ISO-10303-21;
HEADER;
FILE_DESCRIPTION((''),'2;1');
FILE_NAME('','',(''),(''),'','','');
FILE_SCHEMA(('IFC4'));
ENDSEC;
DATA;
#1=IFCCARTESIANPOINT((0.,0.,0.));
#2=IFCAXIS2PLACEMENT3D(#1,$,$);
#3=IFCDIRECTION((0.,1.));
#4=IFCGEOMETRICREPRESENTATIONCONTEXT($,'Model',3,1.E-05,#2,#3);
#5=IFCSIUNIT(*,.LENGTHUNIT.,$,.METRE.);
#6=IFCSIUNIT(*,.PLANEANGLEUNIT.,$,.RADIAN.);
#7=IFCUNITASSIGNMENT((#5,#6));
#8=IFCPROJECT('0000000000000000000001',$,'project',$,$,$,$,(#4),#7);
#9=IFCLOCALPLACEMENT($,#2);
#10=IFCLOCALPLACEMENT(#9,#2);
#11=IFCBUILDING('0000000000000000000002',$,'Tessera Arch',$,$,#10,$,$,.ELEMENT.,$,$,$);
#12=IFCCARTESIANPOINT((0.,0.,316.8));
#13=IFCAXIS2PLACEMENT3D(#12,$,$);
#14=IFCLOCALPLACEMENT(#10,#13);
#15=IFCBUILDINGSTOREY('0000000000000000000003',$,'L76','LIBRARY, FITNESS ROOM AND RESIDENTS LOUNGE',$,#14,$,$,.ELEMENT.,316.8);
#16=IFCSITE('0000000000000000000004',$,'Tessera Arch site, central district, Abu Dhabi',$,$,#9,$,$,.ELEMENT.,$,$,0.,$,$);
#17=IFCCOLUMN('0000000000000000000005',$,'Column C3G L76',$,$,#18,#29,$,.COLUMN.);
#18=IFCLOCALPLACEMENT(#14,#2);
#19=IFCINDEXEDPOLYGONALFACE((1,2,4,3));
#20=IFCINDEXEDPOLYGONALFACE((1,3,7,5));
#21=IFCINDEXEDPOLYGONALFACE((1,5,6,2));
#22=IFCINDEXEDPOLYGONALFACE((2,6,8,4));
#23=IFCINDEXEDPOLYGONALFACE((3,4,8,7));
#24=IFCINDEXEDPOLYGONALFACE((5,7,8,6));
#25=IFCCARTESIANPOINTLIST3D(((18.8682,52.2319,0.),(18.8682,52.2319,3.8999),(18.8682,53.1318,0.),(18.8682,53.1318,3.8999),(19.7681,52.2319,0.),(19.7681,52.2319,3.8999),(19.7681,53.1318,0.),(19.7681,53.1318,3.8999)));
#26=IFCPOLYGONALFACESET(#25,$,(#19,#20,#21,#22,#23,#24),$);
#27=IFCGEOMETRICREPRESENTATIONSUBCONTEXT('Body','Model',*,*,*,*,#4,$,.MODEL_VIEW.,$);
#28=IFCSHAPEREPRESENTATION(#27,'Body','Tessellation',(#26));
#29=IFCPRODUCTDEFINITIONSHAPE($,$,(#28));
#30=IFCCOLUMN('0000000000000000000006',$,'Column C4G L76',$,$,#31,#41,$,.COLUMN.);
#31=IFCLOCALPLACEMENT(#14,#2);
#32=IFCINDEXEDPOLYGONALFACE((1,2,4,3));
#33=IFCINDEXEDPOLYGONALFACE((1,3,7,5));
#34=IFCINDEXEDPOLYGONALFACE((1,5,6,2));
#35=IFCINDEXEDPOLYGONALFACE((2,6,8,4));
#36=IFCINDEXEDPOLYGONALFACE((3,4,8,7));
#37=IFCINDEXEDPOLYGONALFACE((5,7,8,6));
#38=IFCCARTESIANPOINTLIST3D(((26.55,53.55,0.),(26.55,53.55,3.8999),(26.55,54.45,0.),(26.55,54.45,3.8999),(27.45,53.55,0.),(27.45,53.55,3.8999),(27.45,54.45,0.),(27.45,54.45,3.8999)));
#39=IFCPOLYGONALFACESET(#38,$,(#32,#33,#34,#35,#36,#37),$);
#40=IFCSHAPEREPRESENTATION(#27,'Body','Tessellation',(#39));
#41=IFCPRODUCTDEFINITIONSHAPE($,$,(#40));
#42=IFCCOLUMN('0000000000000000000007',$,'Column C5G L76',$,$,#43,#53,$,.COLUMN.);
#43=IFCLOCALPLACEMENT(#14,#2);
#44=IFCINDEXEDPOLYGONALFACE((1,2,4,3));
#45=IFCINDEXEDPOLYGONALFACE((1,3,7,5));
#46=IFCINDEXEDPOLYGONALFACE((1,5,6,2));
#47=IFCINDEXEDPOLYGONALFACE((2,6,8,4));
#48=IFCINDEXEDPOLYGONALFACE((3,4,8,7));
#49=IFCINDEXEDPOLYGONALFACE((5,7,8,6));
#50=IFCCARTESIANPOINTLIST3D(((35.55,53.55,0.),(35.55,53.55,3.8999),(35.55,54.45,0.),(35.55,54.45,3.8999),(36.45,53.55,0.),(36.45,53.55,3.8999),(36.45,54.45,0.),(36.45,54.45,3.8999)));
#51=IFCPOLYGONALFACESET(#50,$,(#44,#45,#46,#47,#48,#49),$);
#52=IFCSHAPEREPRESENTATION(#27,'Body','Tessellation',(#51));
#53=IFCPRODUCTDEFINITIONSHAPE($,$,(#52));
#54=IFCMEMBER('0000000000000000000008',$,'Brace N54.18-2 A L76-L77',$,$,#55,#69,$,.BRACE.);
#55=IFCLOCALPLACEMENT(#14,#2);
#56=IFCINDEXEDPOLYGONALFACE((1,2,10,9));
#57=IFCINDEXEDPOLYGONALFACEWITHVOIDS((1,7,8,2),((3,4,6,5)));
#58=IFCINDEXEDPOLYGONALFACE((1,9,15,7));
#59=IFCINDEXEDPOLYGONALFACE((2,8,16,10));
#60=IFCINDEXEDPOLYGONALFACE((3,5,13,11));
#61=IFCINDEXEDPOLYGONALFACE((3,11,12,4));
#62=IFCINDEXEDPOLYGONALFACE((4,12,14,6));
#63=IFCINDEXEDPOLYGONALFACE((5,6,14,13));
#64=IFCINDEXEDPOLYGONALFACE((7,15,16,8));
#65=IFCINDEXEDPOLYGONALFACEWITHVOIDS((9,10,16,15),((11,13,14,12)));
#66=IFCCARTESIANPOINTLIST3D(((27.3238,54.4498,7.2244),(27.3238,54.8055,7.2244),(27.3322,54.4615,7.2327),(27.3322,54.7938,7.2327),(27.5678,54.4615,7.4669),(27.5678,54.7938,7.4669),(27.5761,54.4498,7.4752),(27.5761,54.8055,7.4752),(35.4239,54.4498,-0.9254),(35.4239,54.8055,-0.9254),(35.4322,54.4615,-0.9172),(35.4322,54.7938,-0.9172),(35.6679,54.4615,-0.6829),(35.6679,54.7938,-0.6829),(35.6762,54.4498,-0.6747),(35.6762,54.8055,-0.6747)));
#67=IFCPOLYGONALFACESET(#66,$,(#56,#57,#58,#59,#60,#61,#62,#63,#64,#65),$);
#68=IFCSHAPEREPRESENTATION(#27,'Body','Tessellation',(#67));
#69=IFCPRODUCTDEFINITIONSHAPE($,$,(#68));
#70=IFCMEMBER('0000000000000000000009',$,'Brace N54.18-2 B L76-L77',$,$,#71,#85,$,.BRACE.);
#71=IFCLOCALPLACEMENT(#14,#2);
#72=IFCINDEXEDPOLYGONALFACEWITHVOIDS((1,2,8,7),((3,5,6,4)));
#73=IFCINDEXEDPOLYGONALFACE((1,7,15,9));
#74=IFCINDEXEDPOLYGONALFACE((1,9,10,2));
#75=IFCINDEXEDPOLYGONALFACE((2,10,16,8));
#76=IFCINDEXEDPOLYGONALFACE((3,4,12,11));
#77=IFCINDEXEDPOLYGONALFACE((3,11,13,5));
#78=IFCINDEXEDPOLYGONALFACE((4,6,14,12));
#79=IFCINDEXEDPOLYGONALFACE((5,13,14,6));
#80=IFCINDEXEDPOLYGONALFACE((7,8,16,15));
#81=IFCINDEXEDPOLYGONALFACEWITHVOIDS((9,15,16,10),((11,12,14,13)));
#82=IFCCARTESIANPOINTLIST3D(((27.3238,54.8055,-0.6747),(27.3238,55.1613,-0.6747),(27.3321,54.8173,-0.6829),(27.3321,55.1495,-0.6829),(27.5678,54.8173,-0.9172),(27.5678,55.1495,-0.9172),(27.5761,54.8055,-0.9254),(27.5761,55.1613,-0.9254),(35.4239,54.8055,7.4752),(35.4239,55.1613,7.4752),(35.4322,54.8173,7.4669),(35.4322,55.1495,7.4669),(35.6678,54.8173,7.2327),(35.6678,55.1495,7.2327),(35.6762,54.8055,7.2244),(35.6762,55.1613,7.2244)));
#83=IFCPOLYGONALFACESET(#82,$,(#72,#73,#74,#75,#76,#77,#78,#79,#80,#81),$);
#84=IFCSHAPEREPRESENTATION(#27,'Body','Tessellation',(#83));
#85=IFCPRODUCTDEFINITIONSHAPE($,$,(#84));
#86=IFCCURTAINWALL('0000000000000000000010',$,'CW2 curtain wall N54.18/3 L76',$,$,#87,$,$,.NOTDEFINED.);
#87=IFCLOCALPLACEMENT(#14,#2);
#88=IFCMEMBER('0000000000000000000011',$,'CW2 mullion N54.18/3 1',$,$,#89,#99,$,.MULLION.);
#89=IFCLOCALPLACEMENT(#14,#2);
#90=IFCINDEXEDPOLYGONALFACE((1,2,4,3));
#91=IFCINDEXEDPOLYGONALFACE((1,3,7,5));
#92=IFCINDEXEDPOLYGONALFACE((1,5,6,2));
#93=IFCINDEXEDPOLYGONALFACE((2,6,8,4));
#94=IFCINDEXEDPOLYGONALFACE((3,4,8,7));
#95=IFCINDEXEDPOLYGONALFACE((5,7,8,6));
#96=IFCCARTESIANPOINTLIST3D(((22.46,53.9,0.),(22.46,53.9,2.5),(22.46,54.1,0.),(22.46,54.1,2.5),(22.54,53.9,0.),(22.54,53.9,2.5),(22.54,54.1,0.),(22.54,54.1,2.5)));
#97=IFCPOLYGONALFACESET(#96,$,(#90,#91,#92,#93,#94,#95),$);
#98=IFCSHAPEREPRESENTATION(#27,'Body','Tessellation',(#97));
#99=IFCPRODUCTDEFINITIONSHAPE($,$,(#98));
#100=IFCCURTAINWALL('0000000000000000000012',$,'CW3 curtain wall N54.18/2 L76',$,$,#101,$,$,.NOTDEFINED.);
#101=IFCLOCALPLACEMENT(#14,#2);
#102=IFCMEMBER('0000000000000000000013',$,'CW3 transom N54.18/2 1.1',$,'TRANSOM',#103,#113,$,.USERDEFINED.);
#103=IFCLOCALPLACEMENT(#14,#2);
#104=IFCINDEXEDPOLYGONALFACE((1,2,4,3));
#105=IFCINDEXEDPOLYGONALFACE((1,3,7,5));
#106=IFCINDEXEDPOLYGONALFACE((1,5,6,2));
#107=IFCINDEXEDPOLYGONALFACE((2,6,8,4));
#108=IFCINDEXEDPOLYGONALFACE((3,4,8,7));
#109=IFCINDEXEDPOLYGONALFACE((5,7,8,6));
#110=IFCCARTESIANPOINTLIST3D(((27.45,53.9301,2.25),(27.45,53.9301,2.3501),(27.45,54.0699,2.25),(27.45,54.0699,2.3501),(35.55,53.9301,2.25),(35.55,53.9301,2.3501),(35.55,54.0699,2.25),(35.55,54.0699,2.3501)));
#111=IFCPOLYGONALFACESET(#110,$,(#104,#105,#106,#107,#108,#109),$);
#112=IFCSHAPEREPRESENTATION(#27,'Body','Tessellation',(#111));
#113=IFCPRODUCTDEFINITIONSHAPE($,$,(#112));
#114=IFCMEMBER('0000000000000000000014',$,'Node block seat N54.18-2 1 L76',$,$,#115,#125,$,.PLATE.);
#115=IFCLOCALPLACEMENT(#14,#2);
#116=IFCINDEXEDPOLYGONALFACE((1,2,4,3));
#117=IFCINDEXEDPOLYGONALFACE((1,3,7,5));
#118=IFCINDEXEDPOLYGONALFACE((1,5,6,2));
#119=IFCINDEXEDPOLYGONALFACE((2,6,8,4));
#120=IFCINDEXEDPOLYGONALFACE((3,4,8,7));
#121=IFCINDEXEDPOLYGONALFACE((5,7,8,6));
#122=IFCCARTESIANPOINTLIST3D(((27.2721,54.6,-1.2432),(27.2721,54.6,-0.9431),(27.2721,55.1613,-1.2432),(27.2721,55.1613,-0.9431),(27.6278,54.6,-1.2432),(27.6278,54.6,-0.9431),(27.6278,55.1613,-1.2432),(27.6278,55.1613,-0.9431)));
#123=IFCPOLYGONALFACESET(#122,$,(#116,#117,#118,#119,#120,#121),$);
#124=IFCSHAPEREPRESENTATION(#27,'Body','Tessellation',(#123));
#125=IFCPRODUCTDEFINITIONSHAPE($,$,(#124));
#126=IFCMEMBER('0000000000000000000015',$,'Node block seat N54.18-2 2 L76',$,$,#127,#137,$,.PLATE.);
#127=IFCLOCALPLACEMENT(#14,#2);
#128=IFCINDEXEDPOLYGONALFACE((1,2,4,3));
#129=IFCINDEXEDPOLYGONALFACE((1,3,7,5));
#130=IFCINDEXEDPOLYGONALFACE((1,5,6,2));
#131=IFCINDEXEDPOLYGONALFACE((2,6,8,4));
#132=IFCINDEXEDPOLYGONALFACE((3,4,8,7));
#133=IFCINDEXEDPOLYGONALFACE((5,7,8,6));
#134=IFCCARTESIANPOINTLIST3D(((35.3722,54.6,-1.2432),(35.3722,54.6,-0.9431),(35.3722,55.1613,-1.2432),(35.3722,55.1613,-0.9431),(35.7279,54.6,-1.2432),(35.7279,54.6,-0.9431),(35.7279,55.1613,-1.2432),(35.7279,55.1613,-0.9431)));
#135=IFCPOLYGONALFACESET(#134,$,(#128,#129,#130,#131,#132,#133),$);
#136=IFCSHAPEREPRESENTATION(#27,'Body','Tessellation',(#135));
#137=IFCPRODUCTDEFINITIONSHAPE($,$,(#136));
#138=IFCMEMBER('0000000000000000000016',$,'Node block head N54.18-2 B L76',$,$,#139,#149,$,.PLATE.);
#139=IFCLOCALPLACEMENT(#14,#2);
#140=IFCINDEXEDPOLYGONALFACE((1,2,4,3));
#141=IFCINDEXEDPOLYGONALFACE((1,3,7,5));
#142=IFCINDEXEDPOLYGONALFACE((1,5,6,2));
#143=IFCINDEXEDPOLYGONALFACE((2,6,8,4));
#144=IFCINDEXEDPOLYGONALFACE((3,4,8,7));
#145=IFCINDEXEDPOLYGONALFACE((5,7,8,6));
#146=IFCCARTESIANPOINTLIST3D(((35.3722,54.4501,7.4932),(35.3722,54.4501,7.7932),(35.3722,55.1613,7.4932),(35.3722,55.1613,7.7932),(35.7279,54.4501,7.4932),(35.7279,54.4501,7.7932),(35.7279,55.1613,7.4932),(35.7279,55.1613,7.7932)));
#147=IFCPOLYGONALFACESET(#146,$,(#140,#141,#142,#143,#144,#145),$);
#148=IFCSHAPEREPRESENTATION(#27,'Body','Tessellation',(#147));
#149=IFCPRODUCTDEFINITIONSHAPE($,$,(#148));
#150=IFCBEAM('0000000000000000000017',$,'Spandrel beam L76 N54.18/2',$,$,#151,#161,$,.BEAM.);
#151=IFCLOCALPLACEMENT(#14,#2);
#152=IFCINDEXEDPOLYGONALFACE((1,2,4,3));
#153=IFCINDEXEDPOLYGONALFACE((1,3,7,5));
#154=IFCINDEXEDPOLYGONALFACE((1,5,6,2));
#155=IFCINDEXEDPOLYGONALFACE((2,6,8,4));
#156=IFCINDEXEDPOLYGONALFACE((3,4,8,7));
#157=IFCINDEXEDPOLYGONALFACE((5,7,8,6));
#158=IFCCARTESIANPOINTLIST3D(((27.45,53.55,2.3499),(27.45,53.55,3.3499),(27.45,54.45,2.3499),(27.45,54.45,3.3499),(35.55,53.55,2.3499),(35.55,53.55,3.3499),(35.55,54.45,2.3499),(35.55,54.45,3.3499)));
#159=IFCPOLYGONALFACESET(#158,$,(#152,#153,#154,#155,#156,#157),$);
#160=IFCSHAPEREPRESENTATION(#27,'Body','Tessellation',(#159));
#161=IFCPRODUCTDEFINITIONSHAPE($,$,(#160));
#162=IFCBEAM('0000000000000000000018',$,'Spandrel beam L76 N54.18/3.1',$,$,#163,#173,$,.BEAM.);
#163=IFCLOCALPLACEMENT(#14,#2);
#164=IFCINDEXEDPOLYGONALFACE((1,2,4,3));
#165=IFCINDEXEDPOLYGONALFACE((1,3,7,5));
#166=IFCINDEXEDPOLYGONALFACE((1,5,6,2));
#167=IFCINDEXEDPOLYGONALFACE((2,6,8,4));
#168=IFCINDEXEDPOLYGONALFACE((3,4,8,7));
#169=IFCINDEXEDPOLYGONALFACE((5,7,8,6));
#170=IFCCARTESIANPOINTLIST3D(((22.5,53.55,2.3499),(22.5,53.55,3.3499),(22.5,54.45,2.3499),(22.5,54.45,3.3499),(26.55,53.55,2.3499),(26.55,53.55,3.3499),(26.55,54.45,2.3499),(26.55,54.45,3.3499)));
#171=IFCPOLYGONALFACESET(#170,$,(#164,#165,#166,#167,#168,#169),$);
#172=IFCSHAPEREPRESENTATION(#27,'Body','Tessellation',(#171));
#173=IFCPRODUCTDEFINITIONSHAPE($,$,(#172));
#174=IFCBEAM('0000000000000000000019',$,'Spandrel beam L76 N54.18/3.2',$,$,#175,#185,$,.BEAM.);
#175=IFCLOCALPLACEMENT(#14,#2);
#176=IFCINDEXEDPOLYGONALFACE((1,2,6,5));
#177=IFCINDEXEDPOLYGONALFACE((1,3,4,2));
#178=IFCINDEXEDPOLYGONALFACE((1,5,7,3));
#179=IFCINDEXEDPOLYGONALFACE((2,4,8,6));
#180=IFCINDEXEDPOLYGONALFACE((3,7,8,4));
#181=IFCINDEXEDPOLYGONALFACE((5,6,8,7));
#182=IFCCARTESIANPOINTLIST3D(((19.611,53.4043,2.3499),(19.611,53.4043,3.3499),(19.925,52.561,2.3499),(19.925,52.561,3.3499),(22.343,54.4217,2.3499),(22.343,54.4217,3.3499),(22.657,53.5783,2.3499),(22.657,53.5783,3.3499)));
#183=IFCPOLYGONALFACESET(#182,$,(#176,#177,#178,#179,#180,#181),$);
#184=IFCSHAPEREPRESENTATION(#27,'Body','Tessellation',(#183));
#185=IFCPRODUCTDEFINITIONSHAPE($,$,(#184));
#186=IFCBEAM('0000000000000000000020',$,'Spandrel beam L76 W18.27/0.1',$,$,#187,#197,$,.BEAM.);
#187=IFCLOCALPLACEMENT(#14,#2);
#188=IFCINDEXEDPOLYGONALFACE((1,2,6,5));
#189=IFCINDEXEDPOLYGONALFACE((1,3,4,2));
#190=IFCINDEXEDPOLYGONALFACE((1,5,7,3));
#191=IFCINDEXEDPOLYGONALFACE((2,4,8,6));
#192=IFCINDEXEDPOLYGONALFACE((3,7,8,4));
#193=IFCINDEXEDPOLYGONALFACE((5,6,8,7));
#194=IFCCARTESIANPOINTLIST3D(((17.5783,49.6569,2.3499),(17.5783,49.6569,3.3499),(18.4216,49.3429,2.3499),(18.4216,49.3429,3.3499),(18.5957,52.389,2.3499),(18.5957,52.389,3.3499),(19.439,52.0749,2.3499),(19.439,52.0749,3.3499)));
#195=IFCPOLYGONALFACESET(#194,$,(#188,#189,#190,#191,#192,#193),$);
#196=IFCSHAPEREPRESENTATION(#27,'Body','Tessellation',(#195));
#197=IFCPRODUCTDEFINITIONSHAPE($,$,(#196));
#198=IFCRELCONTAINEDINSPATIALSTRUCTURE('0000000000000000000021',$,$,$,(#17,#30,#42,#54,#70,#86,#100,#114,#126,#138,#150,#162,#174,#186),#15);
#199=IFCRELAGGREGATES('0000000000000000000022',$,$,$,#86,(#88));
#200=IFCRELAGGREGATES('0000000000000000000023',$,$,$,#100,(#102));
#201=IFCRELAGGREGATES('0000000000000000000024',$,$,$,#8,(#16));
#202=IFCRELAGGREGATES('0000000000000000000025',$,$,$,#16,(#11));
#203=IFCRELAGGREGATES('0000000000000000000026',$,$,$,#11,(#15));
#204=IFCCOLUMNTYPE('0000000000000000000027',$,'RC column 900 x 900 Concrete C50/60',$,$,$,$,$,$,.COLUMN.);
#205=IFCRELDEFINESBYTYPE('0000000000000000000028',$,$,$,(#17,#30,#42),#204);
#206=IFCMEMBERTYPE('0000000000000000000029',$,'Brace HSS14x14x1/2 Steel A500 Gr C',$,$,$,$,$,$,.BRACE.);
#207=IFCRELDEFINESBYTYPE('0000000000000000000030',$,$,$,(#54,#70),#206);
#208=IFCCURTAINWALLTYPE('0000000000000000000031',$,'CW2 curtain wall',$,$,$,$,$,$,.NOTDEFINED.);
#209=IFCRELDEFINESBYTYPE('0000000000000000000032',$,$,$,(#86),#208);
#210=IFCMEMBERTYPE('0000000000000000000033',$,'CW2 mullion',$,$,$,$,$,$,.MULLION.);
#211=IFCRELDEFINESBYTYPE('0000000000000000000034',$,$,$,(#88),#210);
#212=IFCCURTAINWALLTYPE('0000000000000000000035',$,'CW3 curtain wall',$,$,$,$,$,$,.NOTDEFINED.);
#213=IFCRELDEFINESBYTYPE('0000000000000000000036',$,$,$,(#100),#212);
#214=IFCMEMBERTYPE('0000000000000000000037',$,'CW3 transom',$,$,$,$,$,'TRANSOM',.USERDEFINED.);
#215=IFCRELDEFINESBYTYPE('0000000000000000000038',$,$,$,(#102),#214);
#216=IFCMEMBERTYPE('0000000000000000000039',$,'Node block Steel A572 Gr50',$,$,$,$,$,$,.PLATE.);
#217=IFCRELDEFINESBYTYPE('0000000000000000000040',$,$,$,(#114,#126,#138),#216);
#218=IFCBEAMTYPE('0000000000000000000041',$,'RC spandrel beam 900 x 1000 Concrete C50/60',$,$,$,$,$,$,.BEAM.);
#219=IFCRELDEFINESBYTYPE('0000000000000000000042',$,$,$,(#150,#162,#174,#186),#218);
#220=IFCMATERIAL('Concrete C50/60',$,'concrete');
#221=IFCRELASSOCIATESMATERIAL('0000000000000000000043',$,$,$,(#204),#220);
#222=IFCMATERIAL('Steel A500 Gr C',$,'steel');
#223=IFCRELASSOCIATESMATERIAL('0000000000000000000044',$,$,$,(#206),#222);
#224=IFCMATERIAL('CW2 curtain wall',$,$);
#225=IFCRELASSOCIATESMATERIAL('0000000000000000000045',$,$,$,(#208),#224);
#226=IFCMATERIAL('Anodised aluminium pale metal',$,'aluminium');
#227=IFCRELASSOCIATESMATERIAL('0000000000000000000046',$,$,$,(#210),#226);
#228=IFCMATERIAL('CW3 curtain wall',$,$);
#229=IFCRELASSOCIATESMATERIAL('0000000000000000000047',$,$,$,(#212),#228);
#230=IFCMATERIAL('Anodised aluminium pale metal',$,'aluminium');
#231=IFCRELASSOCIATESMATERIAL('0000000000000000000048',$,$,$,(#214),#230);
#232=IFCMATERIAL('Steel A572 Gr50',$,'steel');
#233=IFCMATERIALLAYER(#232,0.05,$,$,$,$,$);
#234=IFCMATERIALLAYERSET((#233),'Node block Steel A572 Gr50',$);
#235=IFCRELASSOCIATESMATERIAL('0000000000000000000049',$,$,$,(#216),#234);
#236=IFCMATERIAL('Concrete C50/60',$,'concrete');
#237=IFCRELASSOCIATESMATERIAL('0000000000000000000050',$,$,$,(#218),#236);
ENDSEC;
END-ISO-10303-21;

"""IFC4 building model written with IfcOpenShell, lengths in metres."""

from ifc_helpers import new_model, si_unit, direction, frame, origin, origin_2d, place, context, subcontext, project, spatial, rectangle, hollow_rectangle, extrude, material, layer, layer_set, material_profile, profile_set, type_object, element, aggregate, save


model = new_model("IFC4")

# Units and contexts
model_context = context("Model", 3, precision=1e-05, world=origin(), true_north=direction((0.0, 1.0)))
body_context = subcontext(model_context, "Body", "Model", "MODEL_VIEW")
ifc_project = project(units=[si_unit("LENGTHUNIT", "METRE"), si_unit("PLANEANGLEUNIT", "RADIAN")], contexts=[model_context])

# Site, building, storey
site_placement = place(None, origin())
site = spatial("IfcSite", under=ifc_project, at=site_placement, Name="Tessera Arch site, central district, Abu Dhabi", CompositionType="ELEMENT", RefElevation=0.0)
building_placement = place(site_placement, origin())
building = spatial("IfcBuilding", under=site, at=building_placement, Name="Tessera Arch", CompositionType="ELEMENT")
storey_placement = place(building_placement, frame((0.0, 0.0, 316.8)))
storey = spatial("IfcBuildingStorey", under=building, at=storey_placement, Name="L76", Description="LIBRARY, FITNESS ROOM AND RESIDENTS LOUNGE", CompositionType="ELEMENT", Elevation=316.8)

# Columns
ifc_material_1 = material(Name="Concrete C50/60", Category="concrete")
ifc_material_profile_1 = material_profile(ifc_material_1, rectangle(XDim=0.8999, YDim=0.8999, at=origin_2d()), Name="RC column 900 x 900 Concrete C50/60")
ifc_profile_set_1 = profile_set([ifc_material_profile_1], Name="Concrete C50/60")
column_type = type_object("IfcColumnType", Name="RC column 900 x 900 Concrete C50/60", PredefinedType="COLUMN", material=ifc_profile_set_1)
for number, where, z_axis, x_axis, name in (
    (1, (19.3181, 52.6819, 0.0), (0.0, 0.0, 1.0), (1.0, 0.0, 0.0), "Column C3G L76"),
    (2, (27.0, 54.0, 0.0), (0.0, 0.0, 1.0), (1.0, 0.0, 0.0), "Column C4G L76"),
    (3, (36.0, 54.0, 0.0), (0.0, 0.0, 1.0), (1.0, 0.0, 0.0), "Column C5G L76"),
):
    element("IfcColumn", number, at=place(storey_placement, frame(where, z_axis=z_axis, x_axis=x_axis)), inside=storey, type_object=column_type, Name=name, PredefinedType="COLUMN", context=body_context, shape_type="SweptSolid", body=[
        extrude(rectangle(XDim=0.8999, YDim=0.8999, at=origin_2d()), origin(), (0.0, 0.0, 1.0), 3.8999),
    ])

# Members
ifc_material_2 = material(Name="Steel A500 Gr C", Category="steel")
ifc_material_profile_2 = material_profile(ifc_material_2, hollow_rectangle(XDim=0.3557, YDim=0.3557, WallThickness=0.0117, at=origin_2d()), Name="HSS14x14x1/2")
ifc_profile_set_2 = profile_set([ifc_material_profile_2], Name="Steel A500 Gr C")
member_type_1 = type_object("IfcMemberType", Name="Brace HSS14x14x1/2 Steel A500 Gr C", PredefinedType="BRACE", material=ifc_profile_set_2)
for number, where, z_axis, x_axis, name in (
    (4, (35.55, 54.6277, -0.8), (-0.704936, 0.0, 0.709271), (0.0, -1.0, 0.0), "Brace N54.18-2 A L76-L77"),
    (5, (27.45, 54.9834, -0.8), (0.704936, 0.0, 0.709271), (0.0, 1.0, 0.0), "Brace N54.18-2 B L76-L77"),
):
    element("IfcMember", number, at=place(storey_placement, frame(where, z_axis=z_axis, x_axis=x_axis)), inside=storey, type_object=member_type_1, Name=name, PredefinedType="BRACE", context=body_context, shape_type="SweptSolid", body=[
        extrude(hollow_rectangle(XDim=0.3557, YDim=0.3557, WallThickness=0.0117, at=origin_2d()), origin(), (0.0, 0.0, 1.0), 11.4905),
    ])

# Curtain walls, members
ifc_material_3 = material(Name="CW2 curtain wall")
curtain_wall_type_1 = type_object("IfcCurtainWallType", Name="CW2 curtain wall", PredefinedType="NOTDEFINED", material=ifc_material_3)
curtain_wall_1_placement = place(storey_placement, origin())
curtain_wall_1 = element("IfcCurtainWall", 6, at=curtain_wall_1_placement, inside=storey, type_object=curtain_wall_type_1, Name="CW2 curtain wall N54.18/3 L76", PredefinedType="NOTDEFINED")
ifc_material_4 = material(Name="Anodised aluminium pale metal", Category="aluminium")
ifc_material_profile_3 = material_profile(ifc_material_4, rectangle(XDim=0.2, YDim=0.0801, at=origin_2d()), Name="AL 80x200")
ifc_profile_set_3 = profile_set([ifc_material_profile_3], Name="Anodised aluminium pale metal")
member_type_2 = type_object("IfcMemberType", Name="CW2 mullion", PredefinedType="MULLION", material=ifc_profile_set_3)
member_1_placement = place(storey_placement, frame((22.5, 54.0, 0.0), z_axis=(0.0, 0.0, 1.0), x_axis=(0.0, -1.0, 0.0)))
member_1 = element("IfcMember", 7, at=member_1_placement, type_object=member_type_2, Name="CW2 mullion N54.18/3 1", PredefinedType="MULLION", context=body_context, shape_type="SweptSolid", body=[
    extrude(rectangle(XDim=0.2, YDim=0.0801, at=origin_2d()), origin(), (0.0, 0.0, 1.0), 2.5),
])
ifc_material_5 = material(Name="CW3 curtain wall")
curtain_wall_type_2 = type_object("IfcCurtainWallType", Name="CW3 curtain wall", PredefinedType="NOTDEFINED", material=ifc_material_5)
curtain_wall_2_placement = place(storey_placement, origin())
curtain_wall_2 = element("IfcCurtainWall", 8, at=curtain_wall_2_placement, inside=storey, type_object=curtain_wall_type_2, Name="CW3 curtain wall N54.18/2 L76", PredefinedType="NOTDEFINED")
ifc_material_6 = material(Name="Anodised aluminium pale metal", Category="aluminium")
ifc_material_profile_4 = material_profile(ifc_material_6, rectangle(XDim=0.1399, YDim=0.1001, at=origin_2d()), Name="AL 140x100")
ifc_profile_set_4 = profile_set([ifc_material_profile_4], Name="Anodised aluminium pale metal")
member_type_3 = type_object("IfcMemberType", Name="CW3 transom", ElementType="TRANSOM", PredefinedType="USERDEFINED", material=ifc_profile_set_4)
member_2_placement = place(storey_placement, frame((35.55, 54.0, 2.3), z_axis=(-1.0, 0.0, 0.0), x_axis=(0.0, -1.0, 0.0)))
member_2 = element("IfcMember", 9, at=member_2_placement, type_object=member_type_3, Name="CW3 transom N54.18/2 1.1", ObjectType="TRANSOM", PredefinedType="USERDEFINED", context=body_context, shape_type="SweptSolid", body=[
    extrude(rectangle(XDim=0.1399, YDim=0.1001, at=origin_2d()), origin(), (0.0, 0.0, 1.0), 8.1001),
])

# Members
ifc_material_7 = material(Name="Steel A572 Gr50", Category="steel")
ifc_layer_1 = layer(ifc_material_7, 0.05)
ifc_layer_set_1 = layer_set([ifc_layer_1], Name="Node block Steel A572 Gr50")
member_type_4 = type_object("IfcMemberType", Name="Node block Steel A572 Gr50", PredefinedType="PLATE", material=ifc_layer_set_1)
for number, where, z_axis, x_axis, name in (
    (10, (27.45, 54.8806, -1.2432), (0.0, 0.0, 1.0), (-1.0, 0.0, 0.0), "Node block seat N54.18-2 1 L76"),
    (11, (35.55, 54.8806, -1.2432), (0.0, 0.0, 1.0), (-1.0, 0.0, 0.0), "Node block seat N54.18-2 2 L76"),
):
    element("IfcMember", number, at=place(storey_placement, frame(where, z_axis=z_axis, x_axis=x_axis)), inside=storey, type_object=member_type_4, Name=name, PredefinedType="PLATE", context=body_context, shape_type="SweptSolid", body=[
        extrude(rectangle(XDim=0.3557, YDim=0.5613, at=origin_2d()), origin(), (0.0, 0.0, 1.0), 0.3),
    ])
member_3_placement = place(storey_placement, frame((35.55, 54.8057, 7.4932), z_axis=(0.0, 0.0, 1.0), x_axis=(-1.0, 0.0, 0.0)))
element("IfcMember", 12, at=member_3_placement, inside=storey, type_object=member_type_4, Name="Node block head N54.18-2 B L76", PredefinedType="PLATE", context=body_context, shape_type="SweptSolid", body=[
    extrude(rectangle(XDim=0.3557, YDim=0.7112, at=origin_2d()), origin(), (0.0, 0.0, 1.0), 0.3),
])

# Beams
ifc_material_8 = material(Name="Concrete C50/60", Category="concrete")
ifc_material_profile_5 = material_profile(ifc_material_8, rectangle(XDim=0.8999, YDim=1.0, at=origin_2d()), Name="RC spandrel beam 900 x 1000 Concrete C50/60")
ifc_profile_set_5 = profile_set([ifc_material_profile_5], Name="Concrete C50/60")
beam_type = type_object("IfcBeamType", Name="RC spandrel beam 900 x 1000 Concrete C50/60", PredefinedType="BEAM", material=ifc_profile_set_5)
beam_1_placement = place(storey_placement, frame((35.55, 54.0, 2.8499), z_axis=(-1.0, 0.0, 0.0), x_axis=(0.0, -1.0, 0.0)))
element("IfcBeam", 13, at=beam_1_placement, inside=storey, type_object=beam_type, Name="Spandrel beam L76 N54.18/2", PredefinedType="BEAM", context=body_context, shape_type="SweptSolid", body=[
    extrude(rectangle(XDim=0.8999, YDim=1.0, at=origin_2d()), origin(), (0.0, 0.0, 1.0), 8.1001),
])
beam_2_placement = place(storey_placement, frame((26.55, 54.0, 2.8499), z_axis=(-1.0, 0.0, 0.0), x_axis=(0.0, -1.0, 0.0)))
element("IfcBeam", 14, at=beam_2_placement, inside=storey, type_object=beam_type, Name="Spandrel beam L76 N54.18/3.1", PredefinedType="BEAM", context=body_context, shape_type="SweptSolid", body=[
    extrude(rectangle(XDim=0.8999, YDim=1.0, at=origin_2d()), origin(), (0.0, 0.0, 1.0), 4.05),
])
for number, where, z_axis, x_axis, name in (
    (15, (22.5, 54.0, 2.8499), (-0.937132, -0.348975, 0.0), (0.348975, -0.937132, 0.0), "Spandrel beam L76 N54.18/3.2"),
    (16, (19.0173, 52.2319, 2.8499), (-0.348975, -0.937132, 0.0), (0.937132, -0.348975, 0.0), "Spandrel beam L76 W18.27/0.1"),
):
    element("IfcBeam", number, at=place(storey_placement, frame(where, z_axis=z_axis, x_axis=x_axis)), inside=storey, type_object=beam_type, Name=name, PredefinedType="BEAM", context=body_context, shape_type="SweptSolid", body=[
        extrude(rectangle(XDim=0.8999, YDim=1.0, at=origin_2d()), origin(), (0.0, 0.0, 1.0), 2.9153),
    ])

aggregate(curtain_wall_1, [member_1])
aggregate(curtain_wall_2, [member_2])

save(model, "model.ifc")
